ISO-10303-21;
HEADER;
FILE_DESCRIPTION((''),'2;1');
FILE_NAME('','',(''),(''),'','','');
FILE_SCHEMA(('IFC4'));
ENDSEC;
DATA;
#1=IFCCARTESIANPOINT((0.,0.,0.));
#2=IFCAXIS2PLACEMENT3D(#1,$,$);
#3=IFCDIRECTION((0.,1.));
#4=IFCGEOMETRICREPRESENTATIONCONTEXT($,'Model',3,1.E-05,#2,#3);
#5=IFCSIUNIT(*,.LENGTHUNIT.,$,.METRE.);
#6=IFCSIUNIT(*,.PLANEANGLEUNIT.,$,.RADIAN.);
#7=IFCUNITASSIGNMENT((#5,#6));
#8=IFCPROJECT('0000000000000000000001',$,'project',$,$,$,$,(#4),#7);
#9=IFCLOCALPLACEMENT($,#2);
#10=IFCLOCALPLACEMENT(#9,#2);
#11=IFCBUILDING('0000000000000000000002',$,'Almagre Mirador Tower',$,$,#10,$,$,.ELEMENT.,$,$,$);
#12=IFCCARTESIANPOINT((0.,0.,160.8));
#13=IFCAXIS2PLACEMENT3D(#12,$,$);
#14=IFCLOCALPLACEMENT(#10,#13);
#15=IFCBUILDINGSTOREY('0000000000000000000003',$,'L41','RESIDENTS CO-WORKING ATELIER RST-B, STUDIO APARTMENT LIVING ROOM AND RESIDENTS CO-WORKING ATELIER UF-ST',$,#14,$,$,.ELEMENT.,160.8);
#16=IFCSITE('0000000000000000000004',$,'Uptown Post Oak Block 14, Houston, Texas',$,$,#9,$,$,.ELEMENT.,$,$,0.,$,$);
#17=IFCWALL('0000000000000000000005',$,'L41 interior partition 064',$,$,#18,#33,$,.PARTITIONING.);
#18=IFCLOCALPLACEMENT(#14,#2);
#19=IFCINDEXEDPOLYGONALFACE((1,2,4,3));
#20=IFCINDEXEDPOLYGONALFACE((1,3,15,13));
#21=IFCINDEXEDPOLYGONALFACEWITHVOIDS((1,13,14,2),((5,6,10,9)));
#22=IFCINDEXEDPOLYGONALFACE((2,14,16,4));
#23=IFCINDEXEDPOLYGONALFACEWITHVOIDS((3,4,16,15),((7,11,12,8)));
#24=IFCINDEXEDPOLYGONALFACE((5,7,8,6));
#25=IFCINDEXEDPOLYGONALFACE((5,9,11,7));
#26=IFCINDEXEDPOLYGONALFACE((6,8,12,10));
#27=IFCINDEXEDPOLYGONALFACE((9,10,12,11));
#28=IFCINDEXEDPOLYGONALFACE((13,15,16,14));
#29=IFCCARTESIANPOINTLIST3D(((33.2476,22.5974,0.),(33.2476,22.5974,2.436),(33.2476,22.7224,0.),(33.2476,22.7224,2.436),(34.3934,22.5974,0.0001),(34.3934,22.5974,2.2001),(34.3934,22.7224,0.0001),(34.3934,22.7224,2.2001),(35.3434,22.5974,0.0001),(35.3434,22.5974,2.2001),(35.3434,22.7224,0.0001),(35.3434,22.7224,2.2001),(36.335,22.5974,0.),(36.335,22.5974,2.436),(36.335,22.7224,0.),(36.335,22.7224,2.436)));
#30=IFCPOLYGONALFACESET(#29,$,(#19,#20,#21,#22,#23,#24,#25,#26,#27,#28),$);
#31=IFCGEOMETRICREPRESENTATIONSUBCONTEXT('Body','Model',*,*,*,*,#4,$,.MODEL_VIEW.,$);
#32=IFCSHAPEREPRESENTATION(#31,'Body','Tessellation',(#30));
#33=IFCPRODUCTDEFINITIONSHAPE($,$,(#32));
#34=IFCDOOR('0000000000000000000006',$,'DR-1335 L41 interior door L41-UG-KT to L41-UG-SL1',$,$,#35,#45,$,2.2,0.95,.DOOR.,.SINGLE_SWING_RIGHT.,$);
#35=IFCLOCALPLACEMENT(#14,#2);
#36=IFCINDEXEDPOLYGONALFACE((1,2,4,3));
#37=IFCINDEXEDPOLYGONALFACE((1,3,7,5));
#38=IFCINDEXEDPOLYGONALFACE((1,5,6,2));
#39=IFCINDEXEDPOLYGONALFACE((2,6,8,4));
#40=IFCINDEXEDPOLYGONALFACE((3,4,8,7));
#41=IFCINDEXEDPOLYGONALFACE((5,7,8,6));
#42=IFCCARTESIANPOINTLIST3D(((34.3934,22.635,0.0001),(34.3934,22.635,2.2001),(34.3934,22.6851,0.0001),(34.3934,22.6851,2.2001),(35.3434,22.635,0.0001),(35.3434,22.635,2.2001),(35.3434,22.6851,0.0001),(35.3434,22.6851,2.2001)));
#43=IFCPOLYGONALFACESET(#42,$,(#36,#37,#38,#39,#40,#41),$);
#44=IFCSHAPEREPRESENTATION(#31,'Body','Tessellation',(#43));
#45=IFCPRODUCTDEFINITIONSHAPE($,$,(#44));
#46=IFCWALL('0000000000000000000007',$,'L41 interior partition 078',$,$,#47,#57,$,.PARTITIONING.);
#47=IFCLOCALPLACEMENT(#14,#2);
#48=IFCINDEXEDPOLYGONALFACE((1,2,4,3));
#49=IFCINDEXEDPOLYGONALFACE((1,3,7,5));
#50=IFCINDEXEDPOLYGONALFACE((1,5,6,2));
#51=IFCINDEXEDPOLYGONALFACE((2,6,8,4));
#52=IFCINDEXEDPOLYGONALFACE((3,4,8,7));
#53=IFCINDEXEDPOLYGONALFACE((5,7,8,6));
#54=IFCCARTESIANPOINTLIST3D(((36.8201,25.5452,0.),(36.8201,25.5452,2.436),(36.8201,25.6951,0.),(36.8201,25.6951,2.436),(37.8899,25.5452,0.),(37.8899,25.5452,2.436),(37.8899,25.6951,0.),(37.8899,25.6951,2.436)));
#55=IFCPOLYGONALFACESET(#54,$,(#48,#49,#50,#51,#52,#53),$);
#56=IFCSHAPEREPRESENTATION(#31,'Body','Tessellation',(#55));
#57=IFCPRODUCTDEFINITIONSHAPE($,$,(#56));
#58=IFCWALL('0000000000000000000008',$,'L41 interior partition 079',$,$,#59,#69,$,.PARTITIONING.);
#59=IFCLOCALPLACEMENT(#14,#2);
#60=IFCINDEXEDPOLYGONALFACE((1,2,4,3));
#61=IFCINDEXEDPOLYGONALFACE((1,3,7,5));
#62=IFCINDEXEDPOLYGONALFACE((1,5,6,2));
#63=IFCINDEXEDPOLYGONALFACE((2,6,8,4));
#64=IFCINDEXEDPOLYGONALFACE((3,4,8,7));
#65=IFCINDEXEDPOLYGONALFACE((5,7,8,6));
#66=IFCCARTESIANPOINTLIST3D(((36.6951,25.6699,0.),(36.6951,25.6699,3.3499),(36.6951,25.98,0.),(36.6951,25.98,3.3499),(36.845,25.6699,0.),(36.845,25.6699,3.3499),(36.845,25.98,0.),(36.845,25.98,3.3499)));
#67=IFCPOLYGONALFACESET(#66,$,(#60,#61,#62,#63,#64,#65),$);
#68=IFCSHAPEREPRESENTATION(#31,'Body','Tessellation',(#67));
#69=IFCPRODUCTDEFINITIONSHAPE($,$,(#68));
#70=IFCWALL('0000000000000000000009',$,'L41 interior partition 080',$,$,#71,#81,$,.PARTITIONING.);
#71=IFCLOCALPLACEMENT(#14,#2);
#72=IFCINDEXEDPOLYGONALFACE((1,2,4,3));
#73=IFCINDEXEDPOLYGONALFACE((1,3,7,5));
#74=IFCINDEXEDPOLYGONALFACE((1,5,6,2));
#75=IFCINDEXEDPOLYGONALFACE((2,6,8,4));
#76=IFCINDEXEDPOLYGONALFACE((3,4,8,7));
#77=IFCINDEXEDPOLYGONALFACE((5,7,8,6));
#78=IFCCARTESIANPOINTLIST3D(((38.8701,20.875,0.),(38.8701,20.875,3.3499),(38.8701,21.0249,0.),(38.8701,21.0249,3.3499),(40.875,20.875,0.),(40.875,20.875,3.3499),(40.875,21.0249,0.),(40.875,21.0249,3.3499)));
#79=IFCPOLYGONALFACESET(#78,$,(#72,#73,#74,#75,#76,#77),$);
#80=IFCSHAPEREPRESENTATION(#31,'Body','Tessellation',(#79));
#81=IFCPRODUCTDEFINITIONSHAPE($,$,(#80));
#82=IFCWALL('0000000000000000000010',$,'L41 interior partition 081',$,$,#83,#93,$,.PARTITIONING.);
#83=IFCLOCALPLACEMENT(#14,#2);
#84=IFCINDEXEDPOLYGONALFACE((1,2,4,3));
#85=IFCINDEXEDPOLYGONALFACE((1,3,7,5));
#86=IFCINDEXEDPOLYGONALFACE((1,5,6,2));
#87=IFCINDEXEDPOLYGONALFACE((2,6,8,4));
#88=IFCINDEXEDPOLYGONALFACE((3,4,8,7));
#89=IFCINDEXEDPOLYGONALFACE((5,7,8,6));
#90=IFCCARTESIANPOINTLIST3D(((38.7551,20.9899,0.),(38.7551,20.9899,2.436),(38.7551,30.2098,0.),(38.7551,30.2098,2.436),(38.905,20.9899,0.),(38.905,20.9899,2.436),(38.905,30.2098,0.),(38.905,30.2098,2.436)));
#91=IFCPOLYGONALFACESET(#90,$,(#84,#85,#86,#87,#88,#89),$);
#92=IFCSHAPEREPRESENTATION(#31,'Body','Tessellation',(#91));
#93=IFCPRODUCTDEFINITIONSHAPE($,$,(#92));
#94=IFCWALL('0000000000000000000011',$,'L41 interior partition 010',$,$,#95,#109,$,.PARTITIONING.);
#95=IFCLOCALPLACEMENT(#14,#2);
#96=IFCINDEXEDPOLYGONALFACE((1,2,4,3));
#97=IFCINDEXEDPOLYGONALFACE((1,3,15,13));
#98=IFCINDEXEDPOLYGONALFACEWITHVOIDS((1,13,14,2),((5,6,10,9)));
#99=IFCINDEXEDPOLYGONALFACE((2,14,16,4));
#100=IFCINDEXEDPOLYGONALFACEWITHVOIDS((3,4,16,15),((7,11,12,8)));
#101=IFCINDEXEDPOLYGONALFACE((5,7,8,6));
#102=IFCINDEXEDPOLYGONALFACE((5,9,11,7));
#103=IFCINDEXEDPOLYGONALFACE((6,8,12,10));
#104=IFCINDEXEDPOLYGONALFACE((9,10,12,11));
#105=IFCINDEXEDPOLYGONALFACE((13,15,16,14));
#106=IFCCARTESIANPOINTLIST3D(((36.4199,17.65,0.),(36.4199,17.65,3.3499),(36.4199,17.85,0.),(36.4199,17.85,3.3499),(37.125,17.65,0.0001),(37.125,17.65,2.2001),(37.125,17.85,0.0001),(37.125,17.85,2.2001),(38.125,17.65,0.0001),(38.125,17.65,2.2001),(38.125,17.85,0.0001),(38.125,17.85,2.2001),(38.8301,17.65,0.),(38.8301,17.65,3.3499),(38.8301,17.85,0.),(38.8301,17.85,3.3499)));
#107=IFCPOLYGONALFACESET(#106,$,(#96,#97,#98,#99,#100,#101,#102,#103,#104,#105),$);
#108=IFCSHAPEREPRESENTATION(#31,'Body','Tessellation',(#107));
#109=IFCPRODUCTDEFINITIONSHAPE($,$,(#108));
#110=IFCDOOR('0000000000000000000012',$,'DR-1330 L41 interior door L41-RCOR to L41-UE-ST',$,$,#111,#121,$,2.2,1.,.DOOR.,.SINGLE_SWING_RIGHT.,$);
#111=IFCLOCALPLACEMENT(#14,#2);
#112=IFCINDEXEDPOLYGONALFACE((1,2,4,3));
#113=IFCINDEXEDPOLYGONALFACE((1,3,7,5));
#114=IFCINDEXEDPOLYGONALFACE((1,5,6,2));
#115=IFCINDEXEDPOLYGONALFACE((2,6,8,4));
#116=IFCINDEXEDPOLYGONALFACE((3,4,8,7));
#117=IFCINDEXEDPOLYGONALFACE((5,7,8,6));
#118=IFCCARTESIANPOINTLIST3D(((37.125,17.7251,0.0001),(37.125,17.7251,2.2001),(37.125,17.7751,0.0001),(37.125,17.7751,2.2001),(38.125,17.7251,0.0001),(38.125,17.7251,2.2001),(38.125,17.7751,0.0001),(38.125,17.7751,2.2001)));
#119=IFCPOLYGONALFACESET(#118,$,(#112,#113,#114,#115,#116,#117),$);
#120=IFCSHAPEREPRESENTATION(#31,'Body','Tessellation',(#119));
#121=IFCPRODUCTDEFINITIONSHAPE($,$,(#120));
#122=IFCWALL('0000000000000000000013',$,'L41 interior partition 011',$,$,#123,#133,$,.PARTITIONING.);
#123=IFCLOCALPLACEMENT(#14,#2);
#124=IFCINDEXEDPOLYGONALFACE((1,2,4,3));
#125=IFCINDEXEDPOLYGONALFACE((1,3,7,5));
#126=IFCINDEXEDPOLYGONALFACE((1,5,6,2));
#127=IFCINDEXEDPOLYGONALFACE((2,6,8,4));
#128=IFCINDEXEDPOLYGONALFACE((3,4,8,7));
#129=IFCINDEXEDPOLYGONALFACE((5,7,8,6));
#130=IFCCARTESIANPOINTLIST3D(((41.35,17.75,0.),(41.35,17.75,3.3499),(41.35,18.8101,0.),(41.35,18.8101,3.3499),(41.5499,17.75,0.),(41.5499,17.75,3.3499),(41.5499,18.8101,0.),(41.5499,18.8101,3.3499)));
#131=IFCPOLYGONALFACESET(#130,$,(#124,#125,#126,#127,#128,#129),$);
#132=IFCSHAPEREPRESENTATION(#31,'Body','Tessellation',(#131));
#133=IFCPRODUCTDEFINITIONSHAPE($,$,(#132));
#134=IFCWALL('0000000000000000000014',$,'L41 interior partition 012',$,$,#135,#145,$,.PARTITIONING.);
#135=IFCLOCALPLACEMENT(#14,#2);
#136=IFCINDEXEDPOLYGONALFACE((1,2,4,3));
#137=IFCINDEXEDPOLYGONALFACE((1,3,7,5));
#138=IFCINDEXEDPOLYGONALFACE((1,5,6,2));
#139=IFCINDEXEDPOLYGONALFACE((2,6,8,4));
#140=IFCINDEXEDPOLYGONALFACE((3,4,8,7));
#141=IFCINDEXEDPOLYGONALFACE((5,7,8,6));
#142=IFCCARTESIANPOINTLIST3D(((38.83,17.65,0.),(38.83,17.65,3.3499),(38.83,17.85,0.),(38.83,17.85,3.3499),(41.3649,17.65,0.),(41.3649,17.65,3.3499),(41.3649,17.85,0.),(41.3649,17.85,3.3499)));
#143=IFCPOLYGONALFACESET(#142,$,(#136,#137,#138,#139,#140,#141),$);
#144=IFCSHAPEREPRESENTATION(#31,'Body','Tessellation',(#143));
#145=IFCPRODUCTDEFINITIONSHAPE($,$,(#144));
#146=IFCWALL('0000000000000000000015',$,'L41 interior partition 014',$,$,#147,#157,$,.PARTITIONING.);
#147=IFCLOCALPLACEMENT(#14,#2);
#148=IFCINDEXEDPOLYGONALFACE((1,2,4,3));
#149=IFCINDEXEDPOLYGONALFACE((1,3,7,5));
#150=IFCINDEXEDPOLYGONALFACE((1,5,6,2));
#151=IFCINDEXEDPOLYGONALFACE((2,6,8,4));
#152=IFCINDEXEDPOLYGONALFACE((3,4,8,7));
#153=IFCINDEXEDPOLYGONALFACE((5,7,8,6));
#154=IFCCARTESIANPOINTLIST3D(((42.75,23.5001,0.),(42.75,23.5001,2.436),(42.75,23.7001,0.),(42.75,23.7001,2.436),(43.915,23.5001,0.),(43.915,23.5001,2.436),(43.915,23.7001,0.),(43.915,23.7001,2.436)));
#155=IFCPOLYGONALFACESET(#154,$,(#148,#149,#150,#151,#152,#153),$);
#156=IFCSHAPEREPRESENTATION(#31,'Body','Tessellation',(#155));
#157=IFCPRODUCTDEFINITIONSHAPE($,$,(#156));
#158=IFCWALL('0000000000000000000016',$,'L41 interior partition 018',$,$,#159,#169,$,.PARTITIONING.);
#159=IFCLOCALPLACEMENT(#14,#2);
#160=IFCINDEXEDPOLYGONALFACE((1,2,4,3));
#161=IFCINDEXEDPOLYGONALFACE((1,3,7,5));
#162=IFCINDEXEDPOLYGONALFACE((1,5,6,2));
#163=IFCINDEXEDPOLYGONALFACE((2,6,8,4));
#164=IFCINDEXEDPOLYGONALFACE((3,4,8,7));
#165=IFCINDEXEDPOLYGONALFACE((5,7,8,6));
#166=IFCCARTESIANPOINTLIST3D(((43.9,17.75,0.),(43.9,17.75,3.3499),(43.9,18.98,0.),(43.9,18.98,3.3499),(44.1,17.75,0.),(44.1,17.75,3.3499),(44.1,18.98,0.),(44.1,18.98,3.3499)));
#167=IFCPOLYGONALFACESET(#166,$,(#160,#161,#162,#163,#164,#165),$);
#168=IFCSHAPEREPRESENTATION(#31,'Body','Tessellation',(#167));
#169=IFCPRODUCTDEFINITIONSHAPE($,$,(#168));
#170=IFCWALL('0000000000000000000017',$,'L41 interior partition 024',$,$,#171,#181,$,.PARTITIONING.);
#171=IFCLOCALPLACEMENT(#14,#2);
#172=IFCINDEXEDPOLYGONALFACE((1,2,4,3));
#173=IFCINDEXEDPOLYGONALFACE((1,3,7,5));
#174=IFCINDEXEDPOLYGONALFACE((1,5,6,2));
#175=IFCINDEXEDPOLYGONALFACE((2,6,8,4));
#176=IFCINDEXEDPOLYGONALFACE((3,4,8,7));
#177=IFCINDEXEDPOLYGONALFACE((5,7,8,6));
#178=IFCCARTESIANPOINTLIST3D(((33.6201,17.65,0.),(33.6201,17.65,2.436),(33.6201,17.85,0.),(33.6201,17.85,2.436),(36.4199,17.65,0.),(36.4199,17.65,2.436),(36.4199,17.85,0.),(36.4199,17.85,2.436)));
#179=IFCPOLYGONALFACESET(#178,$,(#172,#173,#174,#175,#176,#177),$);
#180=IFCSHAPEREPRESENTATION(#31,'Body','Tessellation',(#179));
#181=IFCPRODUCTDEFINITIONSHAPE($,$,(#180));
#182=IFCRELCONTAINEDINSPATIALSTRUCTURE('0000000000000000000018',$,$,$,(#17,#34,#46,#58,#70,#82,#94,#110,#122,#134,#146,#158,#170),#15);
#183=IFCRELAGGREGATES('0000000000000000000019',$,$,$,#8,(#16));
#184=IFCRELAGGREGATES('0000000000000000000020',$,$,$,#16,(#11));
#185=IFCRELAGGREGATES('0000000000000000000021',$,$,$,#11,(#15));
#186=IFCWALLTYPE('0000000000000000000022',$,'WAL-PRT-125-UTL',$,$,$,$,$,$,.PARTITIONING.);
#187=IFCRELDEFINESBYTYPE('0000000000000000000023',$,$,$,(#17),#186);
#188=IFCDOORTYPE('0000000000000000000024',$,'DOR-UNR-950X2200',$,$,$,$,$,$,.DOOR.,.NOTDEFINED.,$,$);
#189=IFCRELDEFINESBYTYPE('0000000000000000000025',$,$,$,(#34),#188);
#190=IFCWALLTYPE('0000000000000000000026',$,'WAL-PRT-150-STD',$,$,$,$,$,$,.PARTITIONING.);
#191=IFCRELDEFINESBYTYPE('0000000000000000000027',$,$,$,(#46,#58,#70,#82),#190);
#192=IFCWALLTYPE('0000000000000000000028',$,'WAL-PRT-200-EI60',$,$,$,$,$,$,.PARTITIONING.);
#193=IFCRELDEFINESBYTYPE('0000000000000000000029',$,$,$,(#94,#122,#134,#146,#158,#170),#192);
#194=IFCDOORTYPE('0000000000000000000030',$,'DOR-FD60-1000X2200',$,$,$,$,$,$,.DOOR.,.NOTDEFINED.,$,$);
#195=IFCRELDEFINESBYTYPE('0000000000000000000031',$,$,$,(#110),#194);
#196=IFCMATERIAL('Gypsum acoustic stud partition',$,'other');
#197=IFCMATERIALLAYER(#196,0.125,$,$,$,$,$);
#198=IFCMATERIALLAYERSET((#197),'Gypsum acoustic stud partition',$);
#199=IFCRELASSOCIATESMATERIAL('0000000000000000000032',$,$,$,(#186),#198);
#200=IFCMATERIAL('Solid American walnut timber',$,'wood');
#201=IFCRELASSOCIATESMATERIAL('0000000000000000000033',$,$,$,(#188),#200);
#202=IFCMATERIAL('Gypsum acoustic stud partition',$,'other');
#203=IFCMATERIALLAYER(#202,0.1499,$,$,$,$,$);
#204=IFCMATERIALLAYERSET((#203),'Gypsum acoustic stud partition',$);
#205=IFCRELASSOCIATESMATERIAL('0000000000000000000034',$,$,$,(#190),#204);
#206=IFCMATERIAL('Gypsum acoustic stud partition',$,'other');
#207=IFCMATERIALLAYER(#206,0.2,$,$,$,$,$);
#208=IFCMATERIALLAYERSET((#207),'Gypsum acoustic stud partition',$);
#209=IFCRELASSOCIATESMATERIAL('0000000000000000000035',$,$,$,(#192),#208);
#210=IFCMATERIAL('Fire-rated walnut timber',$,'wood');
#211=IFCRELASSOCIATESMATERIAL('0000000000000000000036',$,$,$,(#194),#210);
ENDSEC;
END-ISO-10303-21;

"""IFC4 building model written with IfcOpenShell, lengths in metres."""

from ifc_helpers import new_model, si_unit, direction, frame, frame_2d, origin, place, context, subcontext, project, spatial, rectangle, extrude, material, layer, layer_set, type_object, element, fill, save


model = new_model("IFC4")

# Units and contexts
model_context = context("Model", 3, precision=1e-05, world=origin(), true_north=direction((0.0, 1.0)))
body_context = subcontext(model_context, "Body", "Model", "MODEL_VIEW")
ifc_project = project(units=[si_unit("LENGTHUNIT", "METRE"), si_unit("PLANEANGLEUNIT", "RADIAN")], contexts=[model_context])

# Site, building, storey
site_placement = place(None, origin())
site = spatial("IfcSite", under=ifc_project, at=site_placement, Name="Uptown Post Oak Block 14, Houston, Texas", CompositionType="ELEMENT", RefElevation=0.0)
building_placement = place(site_placement, origin())
building = spatial("IfcBuilding", under=site, at=building_placement, Name="Almagre Mirador Tower", CompositionType="ELEMENT")
storey_placement = place(building_placement, frame((0.0, 0.0, 160.8)))
storey = spatial("IfcBuildingStorey", under=building, at=storey_placement, Name="L41", Description="RESIDENTS CO-WORKING ATELIER RST-B, STUDIO APARTMENT LIVING ROOM AND RESIDENTS CO-WORKING ATELIER UF-ST", CompositionType="ELEMENT", Elevation=160.8)

# Wall, opening, door
ifc_material_1 = material(Name="Gypsum acoustic stud partition", Category="other")
ifc_layer_1 = layer(ifc_material_1, 0.125)
ifc_layer_set_1 = layer_set([ifc_layer_1], Name="Gypsum acoustic stud partition")
wall_type_1 = type_object("IfcWallType", Name="WAL-PRT-125-UTL", PredefinedType="PARTITIONING", material=ifc_layer_set_1)
wall_1_placement = place(storey_placement, frame((36.335, 22.6599, 0.0), z_axis=(0.0, 0.0, 1.0), x_axis=(-1.0, 0.0, 0.0)))
wall_1 = element("IfcWall", 1, at=wall_1_placement, inside=storey, type_object=wall_type_1, Name="L41 interior partition 064", PredefinedType="PARTITIONING", context=body_context, shape_type="SweptSolid", body=[
    extrude(rectangle(XDim=3.0874, YDim=0.125, at=frame_2d((1.5437, 0.0))), origin(), (0.0, 0.0, 1.0), 2.436),
])
opening_1_placement = place(wall_1_placement, frame((0.9915, 0.0, 0.0)))
opening_1 = element("IfcOpeningElement", 2, at=opening_1_placement, cuts=wall_1, PredefinedType="OPENING", context=body_context, shape_type="SweptSolid", body=[
    extrude(rectangle(XDim=0.95, YDim=2.2, at=frame_2d((0.4751, 1.1001))), frame((0.0, 0.0725, 0.0), z_axis=(0.0, -1.0, 0.0), x_axis=(1.0, 0.0, 0.0)), (0.0, 0.0, 1.0), 0.145),
])
ifc_material_2 = material(Name="Solid American walnut timber", Category="wood")
door_type_1 = type_object("IfcDoorType", Name="DOR-UNR-950X2200", OperationType="NOTDEFINED", PredefinedType="DOOR", material=ifc_material_2)
door_1_placement = place(opening_1_placement, origin())
door_1 = element("IfcDoor", 3, at=door_1_placement, inside=storey, type_object=door_type_1, Name="DR-1335 L41 interior door L41-UG-KT to L41-UG-SL1", OperationType="SINGLE_SWING_RIGHT", OverallHeight=2.2, OverallWidth=0.95, PredefinedType="DOOR", context=body_context, shape_type="SweptSolid", body=[
    extrude(rectangle(XDim=0.95, YDim=2.2, at=frame_2d((0.4751, 1.1001))), frame((0.0, 0.0249, 0.0), z_axis=(0.0, -1.0, 0.0), x_axis=(1.0, 0.0, 0.0)), (0.0, 0.0, 1.0), 0.05),
])
fill(opening_1, door_1)

# Walls
ifc_material_3 = material(Name="Gypsum acoustic stud partition", Category="other")
ifc_layer_2 = layer(ifc_material_3, 0.1499)
ifc_layer_set_2 = layer_set([ifc_layer_2], Name="Gypsum acoustic stud partition")
wall_type_2 = type_object("IfcWallType", Name="WAL-PRT-150-STD", PredefinedType="PARTITIONING", material=ifc_layer_set_2)
wall_2_placement = place(storey_placement, frame((37.8899, 25.6201, 0.0), z_axis=(0.0, 0.0, 1.0), x_axis=(-1.0, 0.0, 0.0)))
element("IfcWall", 4, at=wall_2_placement, inside=storey, type_object=wall_type_2, Name="L41 interior partition 078", PredefinedType="PARTITIONING", context=body_context, shape_type="SweptSolid", body=[
    extrude(rectangle(XDim=1.0698, YDim=0.1499, at=frame_2d((0.5349, 0.0))), origin(), (0.0, 0.0, 1.0), 2.436),
])
wall_3_placement = place(storey_placement, frame((36.77, 25.6699, 0.0), z_axis=(0.0, 0.0, 1.0), x_axis=(0.0, 1.0, 0.0)))
element("IfcWall", 5, at=wall_3_placement, inside=storey, type_object=wall_type_2, Name="L41 interior partition 079", PredefinedType="PARTITIONING", context=body_context, shape_type="SweptSolid", body=[
    extrude(rectangle(XDim=0.3101, YDim=0.1499, at=frame_2d((0.155, 0.0))), origin(), (0.0, 0.0, 1.0), 3.3499),
])
wall_4_placement = place(storey_placement, frame((40.875, 20.95, 0.0), z_axis=(0.0, 0.0, 1.0), x_axis=(-1.0, 0.0, 0.0)))
element("IfcWall", 6, at=wall_4_placement, inside=storey, type_object=wall_type_2, Name="L41 interior partition 080", PredefinedType="PARTITIONING", context=body_context, shape_type="SweptSolid", body=[
    extrude(rectangle(XDim=2.0049, YDim=0.1499, at=frame_2d((1.0024, 0.0))), origin(), (0.0, 0.0, 1.0), 3.3499),
])
wall_5_placement = place(storey_placement, frame((38.8301, 20.99, 0.0), z_axis=(0.0, 0.0, 1.0), x_axis=(0.0, 1.0, 0.0)))
element("IfcWall", 7, at=wall_5_placement, inside=storey, type_object=wall_type_2, Name="L41 interior partition 081", PredefinedType="PARTITIONING", context=body_context, shape_type="SweptSolid", body=[
    extrude(rectangle(XDim=9.22, YDim=0.1499, at=frame_2d((4.6099, 0.0))), origin(), (0.0, 0.0, 1.0), 2.436),
])

# Wall, opening, door
ifc_material_4 = material(Name="Gypsum acoustic stud partition", Category="other")
ifc_layer_3 = layer(ifc_material_4, 0.2)
ifc_layer_set_3 = layer_set([ifc_layer_3], Name="Gypsum acoustic stud partition")
wall_type_3 = type_object("IfcWallType", Name="WAL-PRT-200-EI60", PredefinedType="PARTITIONING", material=ifc_layer_set_3)
wall_6_placement = place(storey_placement, frame((38.8301, 17.75, 0.0), z_axis=(0.0, 0.0, 1.0), x_axis=(-1.0, 0.0, 0.0)))
wall_6 = element("IfcWall", 8, at=wall_6_placement, inside=storey, type_object=wall_type_3, Name="L41 interior partition 010", PredefinedType="PARTITIONING", context=body_context, shape_type="SweptSolid", body=[
    extrude(rectangle(XDim=2.4102, YDim=0.2, at=frame_2d((1.2051, 0.0))), origin(), (0.0, 0.0, 1.0), 3.3499),
])
opening_2_placement = place(wall_6_placement, frame((0.7051, 0.0, 0.0)))
opening_2 = element("IfcOpeningElement", 9, at=opening_2_placement, cuts=wall_6, PredefinedType="OPENING", context=body_context, shape_type="SweptSolid", body=[
    extrude(rectangle(XDim=1.0, YDim=2.2, at=frame_2d((0.5, 1.1001))), frame((0.0, 0.1101, 0.0), z_axis=(0.0, -1.0, 0.0), x_axis=(1.0, 0.0, 0.0)), (0.0, 0.0, 1.0), 0.22),
])
ifc_material_5 = material(Name="Fire-rated walnut timber", Category="wood")
door_type_2 = type_object("IfcDoorType", Name="DOR-FD60-1000X2200", OperationType="NOTDEFINED", PredefinedType="DOOR", material=ifc_material_5)
door_2_placement = place(opening_2_placement, origin())
door_2 = element("IfcDoor", 10, at=door_2_placement, inside=storey, type_object=door_type_2, Name="DR-1330 L41 interior door L41-RCOR to L41-UE-ST", OperationType="SINGLE_SWING_RIGHT", OverallHeight=2.2, OverallWidth=1.0, PredefinedType="DOOR", context=body_context, shape_type="SweptSolid", body=[
    extrude(rectangle(XDim=1.0, YDim=2.2, at=frame_2d((0.5, 1.1001))), frame((0.0, 0.0249, 0.0), z_axis=(0.0, -1.0, 0.0), x_axis=(1.0, 0.0, 0.0)), (0.0, 0.0, 1.0), 0.05),
])
fill(opening_2, door_2)

# Walls
wall_7_placement = place(storey_placement, frame((41.45, 18.8101, 0.0), z_axis=(0.0, 0.0, 1.0), x_axis=(0.0, -1.0, 0.0)))
element("IfcWall", 11, at=wall_7_placement, inside=storey, type_object=wall_type_3, Name="L41 interior partition 011", PredefinedType="PARTITIONING", context=body_context, shape_type="SweptSolid", body=[
    extrude(rectangle(XDim=1.0601, YDim=0.2, at=frame_2d((0.53, 0.0))), origin(), (0.0, 0.0, 1.0), 3.3499),
])
wall_8_placement = place(storey_placement, frame((41.365, 17.75, 0.0), z_axis=(0.0, 0.0, 1.0), x_axis=(-1.0, 0.0, 0.0)))
element("IfcWall", 12, at=wall_8_placement, inside=storey, type_object=wall_type_3, Name="L41 interior partition 012", PredefinedType="PARTITIONING", context=body_context, shape_type="SweptSolid", body=[
    extrude(rectangle(XDim=2.5349, YDim=0.2, at=frame_2d((1.2676, 0.0))), origin(), (0.0, 0.0, 1.0), 3.3499),
])
wall_9_placement = place(storey_placement, frame((43.915, 23.6001, 0.0), z_axis=(0.0, 0.0, 1.0), x_axis=(-1.0, 0.0, 0.0)))
element("IfcWall", 13, at=wall_9_placement, inside=storey, type_object=wall_type_3, Name="L41 interior partition 014", PredefinedType="PARTITIONING", context=body_context, shape_type="SweptSolid", body=[
    extrude(rectangle(XDim=1.165, YDim=0.2, at=frame_2d((0.5825, 0.0))), origin(), (0.0, 0.0, 1.0), 2.436),
])
wall_10_placement = place(storey_placement, frame((44.0, 17.75, 0.0), z_axis=(0.0, 0.0, 1.0), x_axis=(0.0, 1.0, 0.0)))
element("IfcWall", 14, at=wall_10_placement, inside=storey, type_object=wall_type_3, Name="L41 interior partition 018", PredefinedType="PARTITIONING", context=body_context, shape_type="SweptSolid", body=[
    extrude(rectangle(XDim=1.23, YDim=0.2, at=frame_2d((0.615, 0.0))), origin(), (0.0, 0.0, 1.0), 3.3499),
])
wall_11_placement = place(storey_placement, frame((36.4199, 17.75, 0.0), z_axis=(0.0, 0.0, 1.0), x_axis=(-1.0, 0.0, 0.0)))
element("IfcWall", 15, at=wall_11_placement, inside=storey, type_object=wall_type_3, Name="L41 interior partition 024", PredefinedType="PARTITIONING", context=body_context, shape_type="SweptSolid", body=[
    extrude(rectangle(XDim=2.7998, YDim=0.2, at=frame_2d((1.3999, 0.0))), origin(), (0.0, 0.0, 1.0), 2.436),
])

save(model, "model.ifc")
